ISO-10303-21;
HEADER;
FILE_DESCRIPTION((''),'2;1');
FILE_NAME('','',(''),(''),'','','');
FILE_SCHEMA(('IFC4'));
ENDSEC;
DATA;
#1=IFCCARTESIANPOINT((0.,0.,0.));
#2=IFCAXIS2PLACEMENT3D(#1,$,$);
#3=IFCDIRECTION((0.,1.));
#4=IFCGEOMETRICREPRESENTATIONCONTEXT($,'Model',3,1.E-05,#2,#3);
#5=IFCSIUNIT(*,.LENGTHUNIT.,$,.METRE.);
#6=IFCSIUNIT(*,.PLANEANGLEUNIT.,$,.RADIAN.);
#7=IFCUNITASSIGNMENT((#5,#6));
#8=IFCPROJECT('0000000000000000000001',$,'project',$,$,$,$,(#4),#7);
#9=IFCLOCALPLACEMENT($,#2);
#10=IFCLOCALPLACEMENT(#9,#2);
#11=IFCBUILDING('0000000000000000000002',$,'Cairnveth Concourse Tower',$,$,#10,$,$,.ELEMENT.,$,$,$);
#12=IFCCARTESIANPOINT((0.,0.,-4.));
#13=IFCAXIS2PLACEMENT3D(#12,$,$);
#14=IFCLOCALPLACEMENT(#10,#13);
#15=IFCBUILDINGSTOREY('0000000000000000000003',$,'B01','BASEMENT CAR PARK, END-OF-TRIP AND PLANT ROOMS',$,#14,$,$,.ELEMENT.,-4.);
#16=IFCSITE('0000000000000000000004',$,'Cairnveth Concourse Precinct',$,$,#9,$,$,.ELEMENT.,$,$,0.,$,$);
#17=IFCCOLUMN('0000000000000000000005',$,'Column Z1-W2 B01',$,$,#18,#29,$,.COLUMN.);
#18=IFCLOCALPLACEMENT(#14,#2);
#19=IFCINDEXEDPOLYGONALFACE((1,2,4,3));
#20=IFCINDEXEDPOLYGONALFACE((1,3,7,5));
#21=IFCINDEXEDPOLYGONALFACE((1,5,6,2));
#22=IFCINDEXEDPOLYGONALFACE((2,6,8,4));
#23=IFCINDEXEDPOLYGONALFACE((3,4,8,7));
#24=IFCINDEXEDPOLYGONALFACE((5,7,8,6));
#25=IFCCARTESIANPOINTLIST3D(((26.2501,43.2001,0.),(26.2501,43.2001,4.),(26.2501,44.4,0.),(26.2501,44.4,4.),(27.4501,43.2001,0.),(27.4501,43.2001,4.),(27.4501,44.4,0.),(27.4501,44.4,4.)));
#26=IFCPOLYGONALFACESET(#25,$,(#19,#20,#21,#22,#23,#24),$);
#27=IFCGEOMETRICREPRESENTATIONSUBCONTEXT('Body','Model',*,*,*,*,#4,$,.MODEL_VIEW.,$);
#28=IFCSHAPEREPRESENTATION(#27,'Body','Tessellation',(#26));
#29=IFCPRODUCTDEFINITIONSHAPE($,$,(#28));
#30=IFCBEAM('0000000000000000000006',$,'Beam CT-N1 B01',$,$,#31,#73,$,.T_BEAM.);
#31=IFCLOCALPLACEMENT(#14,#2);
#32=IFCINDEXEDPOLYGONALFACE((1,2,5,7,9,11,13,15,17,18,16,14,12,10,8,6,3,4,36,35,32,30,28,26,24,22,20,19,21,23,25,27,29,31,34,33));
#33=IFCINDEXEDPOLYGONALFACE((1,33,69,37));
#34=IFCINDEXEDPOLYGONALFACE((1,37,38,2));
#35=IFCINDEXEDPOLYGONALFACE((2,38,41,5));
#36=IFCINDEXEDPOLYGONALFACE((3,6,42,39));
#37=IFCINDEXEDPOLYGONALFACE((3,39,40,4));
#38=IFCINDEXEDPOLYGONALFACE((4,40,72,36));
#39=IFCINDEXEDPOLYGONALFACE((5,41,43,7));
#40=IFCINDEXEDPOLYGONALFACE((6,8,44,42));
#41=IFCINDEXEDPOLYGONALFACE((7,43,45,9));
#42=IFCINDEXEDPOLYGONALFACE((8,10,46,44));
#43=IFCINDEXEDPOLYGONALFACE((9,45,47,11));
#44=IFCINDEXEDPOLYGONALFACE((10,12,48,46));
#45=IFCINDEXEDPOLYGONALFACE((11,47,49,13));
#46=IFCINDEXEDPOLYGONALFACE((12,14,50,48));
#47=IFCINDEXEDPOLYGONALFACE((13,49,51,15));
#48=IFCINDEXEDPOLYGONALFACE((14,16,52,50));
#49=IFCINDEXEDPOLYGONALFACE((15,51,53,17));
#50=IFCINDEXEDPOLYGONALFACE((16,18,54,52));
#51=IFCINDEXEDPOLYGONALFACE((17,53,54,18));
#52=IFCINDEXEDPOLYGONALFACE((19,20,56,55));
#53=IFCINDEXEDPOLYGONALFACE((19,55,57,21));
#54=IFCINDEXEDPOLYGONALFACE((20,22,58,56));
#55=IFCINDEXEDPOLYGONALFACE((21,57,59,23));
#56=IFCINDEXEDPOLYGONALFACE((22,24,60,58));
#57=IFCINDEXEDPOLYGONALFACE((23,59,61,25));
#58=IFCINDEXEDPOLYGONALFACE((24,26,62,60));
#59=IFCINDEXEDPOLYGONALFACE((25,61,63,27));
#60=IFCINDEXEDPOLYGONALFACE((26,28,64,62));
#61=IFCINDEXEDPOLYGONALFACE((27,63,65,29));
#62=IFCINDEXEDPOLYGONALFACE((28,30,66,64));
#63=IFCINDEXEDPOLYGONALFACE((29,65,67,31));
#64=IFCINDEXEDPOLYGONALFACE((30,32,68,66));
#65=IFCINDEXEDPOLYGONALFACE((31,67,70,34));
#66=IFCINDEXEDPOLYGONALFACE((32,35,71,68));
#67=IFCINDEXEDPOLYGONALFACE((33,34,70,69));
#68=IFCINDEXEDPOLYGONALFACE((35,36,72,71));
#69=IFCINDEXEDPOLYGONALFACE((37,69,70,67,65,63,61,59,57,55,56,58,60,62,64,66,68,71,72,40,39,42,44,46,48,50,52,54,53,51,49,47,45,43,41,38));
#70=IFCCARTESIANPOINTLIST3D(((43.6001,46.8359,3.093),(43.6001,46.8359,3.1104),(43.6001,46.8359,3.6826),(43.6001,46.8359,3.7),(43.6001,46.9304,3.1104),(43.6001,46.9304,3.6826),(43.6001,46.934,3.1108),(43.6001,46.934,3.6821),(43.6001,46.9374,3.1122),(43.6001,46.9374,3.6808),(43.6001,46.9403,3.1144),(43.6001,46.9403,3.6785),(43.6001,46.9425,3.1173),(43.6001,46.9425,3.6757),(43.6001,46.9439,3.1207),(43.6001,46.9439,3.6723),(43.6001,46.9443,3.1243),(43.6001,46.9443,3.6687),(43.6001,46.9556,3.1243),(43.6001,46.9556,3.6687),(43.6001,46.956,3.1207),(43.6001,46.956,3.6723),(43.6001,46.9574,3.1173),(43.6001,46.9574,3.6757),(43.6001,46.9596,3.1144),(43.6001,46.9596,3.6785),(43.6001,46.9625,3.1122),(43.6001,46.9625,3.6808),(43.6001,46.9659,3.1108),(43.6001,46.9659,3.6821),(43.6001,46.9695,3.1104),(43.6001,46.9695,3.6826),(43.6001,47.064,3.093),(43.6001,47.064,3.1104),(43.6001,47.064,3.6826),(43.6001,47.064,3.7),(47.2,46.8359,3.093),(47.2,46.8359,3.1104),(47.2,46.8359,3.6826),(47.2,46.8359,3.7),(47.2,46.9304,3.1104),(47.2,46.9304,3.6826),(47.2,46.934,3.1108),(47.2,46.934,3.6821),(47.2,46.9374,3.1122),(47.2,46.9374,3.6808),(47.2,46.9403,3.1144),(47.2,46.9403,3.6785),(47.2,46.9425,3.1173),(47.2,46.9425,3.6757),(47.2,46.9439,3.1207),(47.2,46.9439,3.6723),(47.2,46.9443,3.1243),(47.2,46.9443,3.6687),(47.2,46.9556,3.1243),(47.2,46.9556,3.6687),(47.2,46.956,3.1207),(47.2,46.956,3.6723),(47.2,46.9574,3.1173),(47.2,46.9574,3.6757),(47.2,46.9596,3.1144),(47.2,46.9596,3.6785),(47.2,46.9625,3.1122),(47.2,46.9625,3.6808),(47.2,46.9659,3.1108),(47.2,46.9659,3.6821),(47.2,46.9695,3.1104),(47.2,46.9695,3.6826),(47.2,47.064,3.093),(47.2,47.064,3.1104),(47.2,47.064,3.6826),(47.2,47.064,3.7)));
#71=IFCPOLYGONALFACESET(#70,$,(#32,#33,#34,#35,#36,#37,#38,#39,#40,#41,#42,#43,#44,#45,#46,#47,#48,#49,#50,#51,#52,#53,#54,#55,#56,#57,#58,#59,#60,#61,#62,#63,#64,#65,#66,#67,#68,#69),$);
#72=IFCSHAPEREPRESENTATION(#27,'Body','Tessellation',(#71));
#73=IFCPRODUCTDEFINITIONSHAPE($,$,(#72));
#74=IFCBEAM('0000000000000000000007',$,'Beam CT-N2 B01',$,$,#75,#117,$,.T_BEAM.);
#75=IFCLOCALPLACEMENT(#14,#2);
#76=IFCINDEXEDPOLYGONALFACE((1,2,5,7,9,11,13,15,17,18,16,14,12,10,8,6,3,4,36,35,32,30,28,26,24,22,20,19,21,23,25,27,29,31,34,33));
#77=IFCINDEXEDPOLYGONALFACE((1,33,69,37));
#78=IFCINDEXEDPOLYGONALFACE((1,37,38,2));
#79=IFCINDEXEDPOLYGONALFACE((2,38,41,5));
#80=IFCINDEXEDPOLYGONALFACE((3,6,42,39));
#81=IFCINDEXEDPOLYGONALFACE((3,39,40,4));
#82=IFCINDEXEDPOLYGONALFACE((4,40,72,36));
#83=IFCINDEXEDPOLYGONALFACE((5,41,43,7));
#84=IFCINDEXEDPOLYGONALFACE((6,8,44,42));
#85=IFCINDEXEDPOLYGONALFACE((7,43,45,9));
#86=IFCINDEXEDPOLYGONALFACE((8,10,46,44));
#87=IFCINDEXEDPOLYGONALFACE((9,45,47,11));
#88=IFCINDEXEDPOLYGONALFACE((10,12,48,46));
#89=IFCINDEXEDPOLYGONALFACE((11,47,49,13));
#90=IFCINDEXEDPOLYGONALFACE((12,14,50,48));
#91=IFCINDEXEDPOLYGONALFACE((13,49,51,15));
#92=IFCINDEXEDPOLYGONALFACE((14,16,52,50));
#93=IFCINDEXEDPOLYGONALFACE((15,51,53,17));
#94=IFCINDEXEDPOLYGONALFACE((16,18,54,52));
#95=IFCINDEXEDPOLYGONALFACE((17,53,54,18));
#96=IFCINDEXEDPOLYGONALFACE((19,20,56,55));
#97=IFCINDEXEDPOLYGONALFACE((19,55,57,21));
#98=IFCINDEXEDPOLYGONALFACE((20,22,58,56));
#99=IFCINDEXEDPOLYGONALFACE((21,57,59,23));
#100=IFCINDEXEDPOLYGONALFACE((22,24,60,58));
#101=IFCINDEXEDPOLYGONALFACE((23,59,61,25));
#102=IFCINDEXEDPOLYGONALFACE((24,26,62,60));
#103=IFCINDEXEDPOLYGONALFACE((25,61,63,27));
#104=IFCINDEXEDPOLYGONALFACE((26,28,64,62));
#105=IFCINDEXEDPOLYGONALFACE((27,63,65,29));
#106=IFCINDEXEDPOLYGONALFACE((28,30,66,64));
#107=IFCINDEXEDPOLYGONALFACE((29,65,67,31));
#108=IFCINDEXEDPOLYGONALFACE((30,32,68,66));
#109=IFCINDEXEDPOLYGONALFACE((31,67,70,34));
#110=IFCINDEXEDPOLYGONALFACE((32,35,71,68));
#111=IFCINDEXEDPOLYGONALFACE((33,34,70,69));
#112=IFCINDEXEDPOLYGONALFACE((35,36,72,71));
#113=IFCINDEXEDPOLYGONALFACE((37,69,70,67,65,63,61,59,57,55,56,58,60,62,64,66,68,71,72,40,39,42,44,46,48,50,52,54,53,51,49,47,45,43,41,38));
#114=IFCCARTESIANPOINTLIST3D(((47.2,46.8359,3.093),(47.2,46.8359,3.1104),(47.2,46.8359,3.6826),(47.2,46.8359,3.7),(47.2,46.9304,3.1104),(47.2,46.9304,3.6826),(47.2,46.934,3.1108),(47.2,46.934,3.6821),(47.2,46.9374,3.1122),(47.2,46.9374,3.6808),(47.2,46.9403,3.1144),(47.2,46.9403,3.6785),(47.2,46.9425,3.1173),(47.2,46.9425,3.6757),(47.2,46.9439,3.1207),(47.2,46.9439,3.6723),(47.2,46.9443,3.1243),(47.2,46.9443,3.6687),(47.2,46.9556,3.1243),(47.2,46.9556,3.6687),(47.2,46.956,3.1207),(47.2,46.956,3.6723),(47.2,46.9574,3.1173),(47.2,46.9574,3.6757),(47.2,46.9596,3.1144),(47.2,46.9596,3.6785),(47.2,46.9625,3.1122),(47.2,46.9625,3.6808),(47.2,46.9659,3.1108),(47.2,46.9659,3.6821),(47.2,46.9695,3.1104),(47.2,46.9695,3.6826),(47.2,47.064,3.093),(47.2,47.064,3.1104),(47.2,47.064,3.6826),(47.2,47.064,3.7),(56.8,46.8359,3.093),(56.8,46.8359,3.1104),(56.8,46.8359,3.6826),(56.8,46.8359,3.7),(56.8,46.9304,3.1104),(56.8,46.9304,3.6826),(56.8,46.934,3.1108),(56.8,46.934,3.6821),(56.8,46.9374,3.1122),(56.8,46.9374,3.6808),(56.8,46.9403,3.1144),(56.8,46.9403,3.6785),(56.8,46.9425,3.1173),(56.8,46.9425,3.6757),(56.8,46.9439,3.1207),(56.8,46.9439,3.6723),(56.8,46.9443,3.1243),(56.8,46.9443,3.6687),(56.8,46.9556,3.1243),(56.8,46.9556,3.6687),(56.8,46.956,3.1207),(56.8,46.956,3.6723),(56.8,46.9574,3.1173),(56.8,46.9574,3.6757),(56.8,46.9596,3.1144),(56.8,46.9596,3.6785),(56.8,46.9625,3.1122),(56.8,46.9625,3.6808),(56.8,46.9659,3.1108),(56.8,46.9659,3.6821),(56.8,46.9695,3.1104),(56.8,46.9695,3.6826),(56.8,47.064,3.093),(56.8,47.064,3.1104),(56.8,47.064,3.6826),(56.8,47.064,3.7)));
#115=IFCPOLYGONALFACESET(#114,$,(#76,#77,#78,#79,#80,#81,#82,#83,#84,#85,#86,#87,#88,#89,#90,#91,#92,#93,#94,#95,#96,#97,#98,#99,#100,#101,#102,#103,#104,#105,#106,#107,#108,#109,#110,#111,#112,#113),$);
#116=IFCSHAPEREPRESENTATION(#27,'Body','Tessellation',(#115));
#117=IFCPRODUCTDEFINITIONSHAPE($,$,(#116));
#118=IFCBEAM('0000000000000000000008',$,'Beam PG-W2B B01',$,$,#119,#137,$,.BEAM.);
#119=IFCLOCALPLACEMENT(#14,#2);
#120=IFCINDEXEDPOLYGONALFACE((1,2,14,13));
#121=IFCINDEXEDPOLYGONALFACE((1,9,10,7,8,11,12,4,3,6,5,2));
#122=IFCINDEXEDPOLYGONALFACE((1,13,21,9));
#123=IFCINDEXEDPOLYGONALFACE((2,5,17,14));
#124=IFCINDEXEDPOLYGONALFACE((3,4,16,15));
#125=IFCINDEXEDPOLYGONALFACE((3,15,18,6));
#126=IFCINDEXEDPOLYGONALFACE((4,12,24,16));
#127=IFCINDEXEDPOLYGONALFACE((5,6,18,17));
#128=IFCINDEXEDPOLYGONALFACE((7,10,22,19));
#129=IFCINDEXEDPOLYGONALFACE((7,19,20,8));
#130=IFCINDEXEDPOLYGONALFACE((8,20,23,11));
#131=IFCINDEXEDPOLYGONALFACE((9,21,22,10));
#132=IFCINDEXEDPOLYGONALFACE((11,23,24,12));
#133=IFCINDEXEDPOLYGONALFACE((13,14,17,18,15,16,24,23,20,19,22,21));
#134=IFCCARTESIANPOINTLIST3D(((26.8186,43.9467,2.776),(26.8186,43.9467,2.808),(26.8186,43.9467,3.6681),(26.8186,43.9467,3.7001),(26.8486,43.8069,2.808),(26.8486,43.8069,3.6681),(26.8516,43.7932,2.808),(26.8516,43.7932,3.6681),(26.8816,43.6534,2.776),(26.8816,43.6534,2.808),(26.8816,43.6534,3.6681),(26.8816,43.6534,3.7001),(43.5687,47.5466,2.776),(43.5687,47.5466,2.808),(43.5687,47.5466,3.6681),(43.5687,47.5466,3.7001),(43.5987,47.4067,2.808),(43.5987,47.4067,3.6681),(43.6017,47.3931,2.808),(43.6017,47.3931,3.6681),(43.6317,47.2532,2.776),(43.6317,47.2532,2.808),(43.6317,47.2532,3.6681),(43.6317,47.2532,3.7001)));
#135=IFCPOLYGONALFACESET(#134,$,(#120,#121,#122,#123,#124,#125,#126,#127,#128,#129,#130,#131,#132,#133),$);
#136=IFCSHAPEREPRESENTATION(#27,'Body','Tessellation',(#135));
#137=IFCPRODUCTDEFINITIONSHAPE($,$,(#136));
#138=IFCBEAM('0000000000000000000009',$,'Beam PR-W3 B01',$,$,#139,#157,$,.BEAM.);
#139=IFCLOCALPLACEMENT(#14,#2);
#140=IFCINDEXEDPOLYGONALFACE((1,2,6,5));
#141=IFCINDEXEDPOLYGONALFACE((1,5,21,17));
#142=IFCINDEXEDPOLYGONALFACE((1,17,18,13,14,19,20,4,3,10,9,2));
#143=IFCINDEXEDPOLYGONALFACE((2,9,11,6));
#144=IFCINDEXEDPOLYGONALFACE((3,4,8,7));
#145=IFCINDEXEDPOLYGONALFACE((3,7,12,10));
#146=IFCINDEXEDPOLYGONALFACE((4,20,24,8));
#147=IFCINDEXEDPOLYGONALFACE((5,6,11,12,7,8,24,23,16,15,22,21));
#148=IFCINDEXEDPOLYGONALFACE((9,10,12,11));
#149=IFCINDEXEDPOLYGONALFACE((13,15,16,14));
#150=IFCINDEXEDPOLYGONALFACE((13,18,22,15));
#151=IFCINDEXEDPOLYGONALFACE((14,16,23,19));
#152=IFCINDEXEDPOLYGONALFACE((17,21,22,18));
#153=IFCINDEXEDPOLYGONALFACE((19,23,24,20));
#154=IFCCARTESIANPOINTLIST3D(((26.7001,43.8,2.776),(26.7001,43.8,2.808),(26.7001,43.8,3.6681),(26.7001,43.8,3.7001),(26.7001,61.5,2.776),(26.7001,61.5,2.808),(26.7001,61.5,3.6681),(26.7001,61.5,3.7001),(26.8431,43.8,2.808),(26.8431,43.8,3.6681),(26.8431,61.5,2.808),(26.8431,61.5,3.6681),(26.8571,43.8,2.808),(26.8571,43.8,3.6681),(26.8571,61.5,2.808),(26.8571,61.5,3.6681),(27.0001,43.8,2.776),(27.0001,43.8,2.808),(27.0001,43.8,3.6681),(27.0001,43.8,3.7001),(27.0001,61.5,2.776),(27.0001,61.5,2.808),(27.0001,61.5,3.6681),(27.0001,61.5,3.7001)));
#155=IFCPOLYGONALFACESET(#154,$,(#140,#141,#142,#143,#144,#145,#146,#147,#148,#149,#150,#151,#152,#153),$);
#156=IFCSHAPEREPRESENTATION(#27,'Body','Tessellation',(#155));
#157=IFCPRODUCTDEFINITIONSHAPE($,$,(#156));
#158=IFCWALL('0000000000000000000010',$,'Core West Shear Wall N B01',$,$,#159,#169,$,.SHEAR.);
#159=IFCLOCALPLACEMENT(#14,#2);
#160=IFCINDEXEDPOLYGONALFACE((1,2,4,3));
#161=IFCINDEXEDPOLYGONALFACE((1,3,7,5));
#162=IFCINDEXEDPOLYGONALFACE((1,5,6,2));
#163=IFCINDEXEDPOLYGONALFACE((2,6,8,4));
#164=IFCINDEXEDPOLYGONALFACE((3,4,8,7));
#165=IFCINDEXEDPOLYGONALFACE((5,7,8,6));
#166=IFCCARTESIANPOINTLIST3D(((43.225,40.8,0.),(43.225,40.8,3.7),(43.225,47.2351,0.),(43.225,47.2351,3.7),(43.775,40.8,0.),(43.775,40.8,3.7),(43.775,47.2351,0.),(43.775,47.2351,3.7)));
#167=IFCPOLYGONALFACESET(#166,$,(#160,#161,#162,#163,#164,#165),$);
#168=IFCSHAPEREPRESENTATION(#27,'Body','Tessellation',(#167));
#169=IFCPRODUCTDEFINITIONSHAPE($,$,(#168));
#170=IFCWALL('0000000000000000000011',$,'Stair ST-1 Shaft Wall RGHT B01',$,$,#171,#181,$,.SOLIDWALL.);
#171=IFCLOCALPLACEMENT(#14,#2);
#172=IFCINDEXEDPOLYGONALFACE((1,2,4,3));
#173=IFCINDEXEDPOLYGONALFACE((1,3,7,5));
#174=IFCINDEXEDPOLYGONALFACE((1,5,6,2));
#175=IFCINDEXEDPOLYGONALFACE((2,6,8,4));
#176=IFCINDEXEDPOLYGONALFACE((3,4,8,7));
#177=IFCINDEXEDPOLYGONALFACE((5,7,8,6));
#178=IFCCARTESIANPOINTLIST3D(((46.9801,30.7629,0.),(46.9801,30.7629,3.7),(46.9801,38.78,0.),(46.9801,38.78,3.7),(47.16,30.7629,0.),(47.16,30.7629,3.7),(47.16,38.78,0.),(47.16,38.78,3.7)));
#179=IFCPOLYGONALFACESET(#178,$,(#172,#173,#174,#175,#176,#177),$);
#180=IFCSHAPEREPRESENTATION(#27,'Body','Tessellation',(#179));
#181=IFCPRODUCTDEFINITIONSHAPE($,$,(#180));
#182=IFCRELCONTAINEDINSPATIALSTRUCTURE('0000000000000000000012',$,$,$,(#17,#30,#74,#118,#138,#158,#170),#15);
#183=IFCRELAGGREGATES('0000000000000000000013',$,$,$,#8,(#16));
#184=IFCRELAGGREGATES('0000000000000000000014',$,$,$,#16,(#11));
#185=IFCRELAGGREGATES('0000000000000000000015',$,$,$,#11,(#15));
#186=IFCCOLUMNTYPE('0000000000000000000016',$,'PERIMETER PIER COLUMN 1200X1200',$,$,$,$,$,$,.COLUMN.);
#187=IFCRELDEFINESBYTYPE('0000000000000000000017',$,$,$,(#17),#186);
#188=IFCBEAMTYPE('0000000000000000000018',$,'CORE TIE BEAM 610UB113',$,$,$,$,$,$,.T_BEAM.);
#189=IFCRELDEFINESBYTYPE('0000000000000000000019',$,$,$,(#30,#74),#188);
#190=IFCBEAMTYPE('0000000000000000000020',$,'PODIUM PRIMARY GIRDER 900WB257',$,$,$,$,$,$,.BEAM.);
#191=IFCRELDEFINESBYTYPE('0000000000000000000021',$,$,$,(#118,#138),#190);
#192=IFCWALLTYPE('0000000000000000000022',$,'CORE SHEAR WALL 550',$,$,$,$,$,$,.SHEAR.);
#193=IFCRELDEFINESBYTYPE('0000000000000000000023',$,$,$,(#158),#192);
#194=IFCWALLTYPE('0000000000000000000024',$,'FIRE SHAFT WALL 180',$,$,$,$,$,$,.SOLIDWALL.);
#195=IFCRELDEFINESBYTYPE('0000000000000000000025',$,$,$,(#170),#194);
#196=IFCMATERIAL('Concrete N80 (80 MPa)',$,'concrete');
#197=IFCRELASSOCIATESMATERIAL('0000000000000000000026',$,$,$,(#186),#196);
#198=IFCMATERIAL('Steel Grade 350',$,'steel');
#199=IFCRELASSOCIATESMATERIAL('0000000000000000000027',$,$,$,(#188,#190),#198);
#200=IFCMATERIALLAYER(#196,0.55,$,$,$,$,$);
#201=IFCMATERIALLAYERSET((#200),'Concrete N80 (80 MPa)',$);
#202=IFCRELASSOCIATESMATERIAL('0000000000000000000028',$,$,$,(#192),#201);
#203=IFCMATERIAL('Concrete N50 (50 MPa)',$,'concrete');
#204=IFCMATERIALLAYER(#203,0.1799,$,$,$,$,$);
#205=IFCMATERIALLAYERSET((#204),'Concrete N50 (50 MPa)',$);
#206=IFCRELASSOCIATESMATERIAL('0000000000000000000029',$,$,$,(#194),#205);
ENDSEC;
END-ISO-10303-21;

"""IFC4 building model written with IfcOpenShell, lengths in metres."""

from ifc_helpers import new_model, si_unit, direction, frame, frame_2d, origin, origin_2d, place, context, subcontext, project, spatial, rectangle, i_section, extrude, material, layer, layer_set, material_profile, profile_set, type_object, element, save


model = new_model("IFC4")

# Units and contexts
model_context = context("Model", 3, precision=1e-05, world=origin(), true_north=direction((0.0, 1.0)))
body_context = subcontext(model_context, "Body", "Model", "MODEL_VIEW")
ifc_project = project(units=[si_unit("LENGTHUNIT", "METRE"), si_unit("PLANEANGLEUNIT", "RADIAN")], contexts=[model_context])

# Site, building, storey
site_placement = place(None, origin())
site = spatial("IfcSite", under=ifc_project, at=site_placement, Name="Cairnveth Concourse Precinct", CompositionType="ELEMENT", RefElevation=0.0)
building_placement = place(site_placement, origin())
building = spatial("IfcBuilding", under=site, at=building_placement, Name="Cairnveth Concourse Tower", CompositionType="ELEMENT")
storey_placement = place(building_placement, frame((0.0, 0.0, -4.0)))
storey = spatial("IfcBuildingStorey", under=building, at=storey_placement, Name="B01", Description="BASEMENT CAR PARK, END-OF-TRIP AND PLANT ROOMS", CompositionType="ELEMENT", Elevation=-4.0)

# Column
ifc_material_1 = material(Name="Concrete N80 (80 MPa)", Category="concrete")
ifc_material_profile_1 = material_profile(ifc_material_1, rectangle(XDim=1.2, YDim=1.2, at=origin_2d()), Name="RC-COL-1200x1200")
ifc_profile_set_1 = profile_set([ifc_material_profile_1], Name="Concrete N80 (80 MPa)")
column_type = type_object("IfcColumnType", Name="PERIMETER PIER COLUMN 1200X1200", PredefinedType="COLUMN", material=ifc_profile_set_1)
column_placement = place(storey_placement, frame((26.8501, 43.8, 0.0), z_axis=(0.0, 0.0, 1.0), x_axis=(1.0, 0.0, 0.0)))
element("IfcColumn", 1, at=column_placement, inside=storey, type_object=column_type, Name="Column Z1-W2 B01", PredefinedType="COLUMN", context=body_context, shape_type="SweptSolid", body=[
    extrude(rectangle(XDim=1.2, YDim=1.2, at=origin_2d()), origin(), (0.0, 0.0, 1.0), 4.0),
])

# Beams
ifc_material_2 = material(Name="Steel Grade 350", Category="steel")
ifc_material_profile_2 = material_profile(ifc_material_2, i_section(OverallWidth=0.228, OverallDepth=0.6069, WebThickness=0.0112, FlangeThickness=0.0173, FilletRadius=0.0139, at=origin_2d()), Name="610UB113")
ifc_profile_set_2 = profile_set([ifc_material_profile_2], Name="Steel Grade 350")
beam_type_1 = type_object("IfcBeamType", Name="CORE TIE BEAM 610UB113", PredefinedType="T_BEAM", material=ifc_profile_set_2)
beam_1_placement = place(storey_placement, frame((43.6001, 46.95, 3.3965), z_axis=(1.0, 0.0, 0.0), x_axis=(0.0, 1.0, 0.0)))
element("IfcBeam", 2, at=beam_1_placement, inside=storey, type_object=beam_type_1, Name="Beam CT-N1 B01", PredefinedType="T_BEAM", context=body_context, shape_type="SweptSolid", body=[
    extrude(i_section(OverallWidth=0.228, OverallDepth=0.6069, WebThickness=0.0112, FlangeThickness=0.0173, FilletRadius=0.0139, at=origin_2d()), origin(), (0.0, 0.0, 1.0), 3.5999),
])
beam_2_placement = place(storey_placement, frame((47.2, 46.95, 3.3965), z_axis=(1.0, 0.0, 0.0), x_axis=(0.0, 1.0, 0.0)))
element("IfcBeam", 3, at=beam_2_placement, inside=storey, type_object=beam_type_1, Name="Beam CT-N2 B01", PredefinedType="T_BEAM", context=body_context, shape_type="SweptSolid", body=[
    extrude(i_section(OverallWidth=0.228, OverallDepth=0.6069, WebThickness=0.0112, FlangeThickness=0.0173, FilletRadius=0.0139, at=origin_2d()), origin(), (0.0, 0.0, 1.0), 9.6001),
])
ifc_material_profile_3 = material_profile(ifc_material_2, i_section(OverallWidth=0.3, OverallDepth=0.9241, WebThickness=0.0139, FlangeThickness=0.032, at=origin_2d()), Name="900WB257")
ifc_profile_set_3 = profile_set([ifc_material_profile_3], Name="Steel Grade 350")
beam_type_2 = type_object("IfcBeamType", Name="PODIUM PRIMARY GIRDER 900WB257", PredefinedType="BEAM", material=ifc_profile_set_3)
beam_3_placement = place(storey_placement, frame((26.8501, 43.8, 3.238), z_axis=(0.977676, 0.210119, 0.0), x_axis=(-0.210119, 0.977676, 0.0)))
element("IfcBeam", 4, at=beam_3_placement, inside=storey, type_object=beam_type_2, Name="Beam PG-W2B B01", PredefinedType="BEAM", context=body_context, shape_type="SweptSolid", body=[
    extrude(i_section(OverallWidth=0.3, OverallDepth=0.9241, WebThickness=0.0139, FlangeThickness=0.032, at=origin_2d()), origin(), (0.0, 0.0, 1.0), 17.1326),
])
beam_4_placement = place(storey_placement, frame((26.8501, 43.8, 3.238), z_axis=(0.0, 1.0, 0.0), x_axis=(-1.0, 0.0, 0.0)))
element("IfcBeam", 5, at=beam_4_placement, inside=storey, type_object=beam_type_2, Name="Beam PR-W3 B01", PredefinedType="BEAM", context=body_context, shape_type="SweptSolid", body=[
    extrude(i_section(OverallWidth=0.3, OverallDepth=0.9241, WebThickness=0.0139, FlangeThickness=0.032, at=origin_2d()), origin(), (0.0, 0.0, 1.0), 17.7),
])

# Wall
ifc_layer_1 = layer(ifc_material_1, 0.55)
ifc_layer_set_1 = layer_set([ifc_layer_1], Name="Concrete N80 (80 MPa)")
wall_type_1 = type_object("IfcWallType", Name="CORE SHEAR WALL 550", PredefinedType="SHEAR", material=ifc_layer_set_1)
wall_1_placement = place(storey_placement, frame((43.5, 40.8, 0.0), z_axis=(0.0, 0.0, 1.0), x_axis=(0.0, 1.0, 0.0)))
element("IfcWall", 6, at=wall_1_placement, inside=storey, type_object=wall_type_1, Name="Core West Shear Wall N B01", PredefinedType="SHEAR", context=body_context, shape_type="SweptSolid", body=[
    extrude(rectangle(XDim=6.4351, YDim=0.55, at=frame_2d((3.2175, 0.0))), origin(), (0.0, 0.0, 1.0), 3.7),
])

# Shared definitions
ifc_material_3 = material(Name="Concrete N50 (50 MPa)", Category="concrete")
ifc_layer_2 = layer(ifc_material_3, 0.1799)
ifc_layer_set_2 = layer_set([ifc_layer_2], Name="Concrete N50 (50 MPa)")
wall_type_2 = type_object("IfcWallType", Name="FIRE SHAFT WALL 180", PredefinedType="SOLIDWALL", material=ifc_layer_set_2)

# Wall
wall_2_placement = place(storey_placement, frame((47.0701, 38.78, 0.0), z_axis=(0.0, 0.0, 1.0), x_axis=(0.0, -1.0, 0.0)))
element("IfcWall", 7, at=wall_2_placement, inside=storey, type_object=wall_type_2, Name="Stair ST-1 Shaft Wall RGHT B01", PredefinedType="SOLIDWALL", context=body_context, shape_type="SweptSolid", body=[
    extrude(rectangle(XDim=8.0171, YDim=0.1799, at=frame_2d((4.0085, 0.0))), origin(), (0.0, 0.0, 1.0), 3.7),
])

save(model, "model.ifc")
